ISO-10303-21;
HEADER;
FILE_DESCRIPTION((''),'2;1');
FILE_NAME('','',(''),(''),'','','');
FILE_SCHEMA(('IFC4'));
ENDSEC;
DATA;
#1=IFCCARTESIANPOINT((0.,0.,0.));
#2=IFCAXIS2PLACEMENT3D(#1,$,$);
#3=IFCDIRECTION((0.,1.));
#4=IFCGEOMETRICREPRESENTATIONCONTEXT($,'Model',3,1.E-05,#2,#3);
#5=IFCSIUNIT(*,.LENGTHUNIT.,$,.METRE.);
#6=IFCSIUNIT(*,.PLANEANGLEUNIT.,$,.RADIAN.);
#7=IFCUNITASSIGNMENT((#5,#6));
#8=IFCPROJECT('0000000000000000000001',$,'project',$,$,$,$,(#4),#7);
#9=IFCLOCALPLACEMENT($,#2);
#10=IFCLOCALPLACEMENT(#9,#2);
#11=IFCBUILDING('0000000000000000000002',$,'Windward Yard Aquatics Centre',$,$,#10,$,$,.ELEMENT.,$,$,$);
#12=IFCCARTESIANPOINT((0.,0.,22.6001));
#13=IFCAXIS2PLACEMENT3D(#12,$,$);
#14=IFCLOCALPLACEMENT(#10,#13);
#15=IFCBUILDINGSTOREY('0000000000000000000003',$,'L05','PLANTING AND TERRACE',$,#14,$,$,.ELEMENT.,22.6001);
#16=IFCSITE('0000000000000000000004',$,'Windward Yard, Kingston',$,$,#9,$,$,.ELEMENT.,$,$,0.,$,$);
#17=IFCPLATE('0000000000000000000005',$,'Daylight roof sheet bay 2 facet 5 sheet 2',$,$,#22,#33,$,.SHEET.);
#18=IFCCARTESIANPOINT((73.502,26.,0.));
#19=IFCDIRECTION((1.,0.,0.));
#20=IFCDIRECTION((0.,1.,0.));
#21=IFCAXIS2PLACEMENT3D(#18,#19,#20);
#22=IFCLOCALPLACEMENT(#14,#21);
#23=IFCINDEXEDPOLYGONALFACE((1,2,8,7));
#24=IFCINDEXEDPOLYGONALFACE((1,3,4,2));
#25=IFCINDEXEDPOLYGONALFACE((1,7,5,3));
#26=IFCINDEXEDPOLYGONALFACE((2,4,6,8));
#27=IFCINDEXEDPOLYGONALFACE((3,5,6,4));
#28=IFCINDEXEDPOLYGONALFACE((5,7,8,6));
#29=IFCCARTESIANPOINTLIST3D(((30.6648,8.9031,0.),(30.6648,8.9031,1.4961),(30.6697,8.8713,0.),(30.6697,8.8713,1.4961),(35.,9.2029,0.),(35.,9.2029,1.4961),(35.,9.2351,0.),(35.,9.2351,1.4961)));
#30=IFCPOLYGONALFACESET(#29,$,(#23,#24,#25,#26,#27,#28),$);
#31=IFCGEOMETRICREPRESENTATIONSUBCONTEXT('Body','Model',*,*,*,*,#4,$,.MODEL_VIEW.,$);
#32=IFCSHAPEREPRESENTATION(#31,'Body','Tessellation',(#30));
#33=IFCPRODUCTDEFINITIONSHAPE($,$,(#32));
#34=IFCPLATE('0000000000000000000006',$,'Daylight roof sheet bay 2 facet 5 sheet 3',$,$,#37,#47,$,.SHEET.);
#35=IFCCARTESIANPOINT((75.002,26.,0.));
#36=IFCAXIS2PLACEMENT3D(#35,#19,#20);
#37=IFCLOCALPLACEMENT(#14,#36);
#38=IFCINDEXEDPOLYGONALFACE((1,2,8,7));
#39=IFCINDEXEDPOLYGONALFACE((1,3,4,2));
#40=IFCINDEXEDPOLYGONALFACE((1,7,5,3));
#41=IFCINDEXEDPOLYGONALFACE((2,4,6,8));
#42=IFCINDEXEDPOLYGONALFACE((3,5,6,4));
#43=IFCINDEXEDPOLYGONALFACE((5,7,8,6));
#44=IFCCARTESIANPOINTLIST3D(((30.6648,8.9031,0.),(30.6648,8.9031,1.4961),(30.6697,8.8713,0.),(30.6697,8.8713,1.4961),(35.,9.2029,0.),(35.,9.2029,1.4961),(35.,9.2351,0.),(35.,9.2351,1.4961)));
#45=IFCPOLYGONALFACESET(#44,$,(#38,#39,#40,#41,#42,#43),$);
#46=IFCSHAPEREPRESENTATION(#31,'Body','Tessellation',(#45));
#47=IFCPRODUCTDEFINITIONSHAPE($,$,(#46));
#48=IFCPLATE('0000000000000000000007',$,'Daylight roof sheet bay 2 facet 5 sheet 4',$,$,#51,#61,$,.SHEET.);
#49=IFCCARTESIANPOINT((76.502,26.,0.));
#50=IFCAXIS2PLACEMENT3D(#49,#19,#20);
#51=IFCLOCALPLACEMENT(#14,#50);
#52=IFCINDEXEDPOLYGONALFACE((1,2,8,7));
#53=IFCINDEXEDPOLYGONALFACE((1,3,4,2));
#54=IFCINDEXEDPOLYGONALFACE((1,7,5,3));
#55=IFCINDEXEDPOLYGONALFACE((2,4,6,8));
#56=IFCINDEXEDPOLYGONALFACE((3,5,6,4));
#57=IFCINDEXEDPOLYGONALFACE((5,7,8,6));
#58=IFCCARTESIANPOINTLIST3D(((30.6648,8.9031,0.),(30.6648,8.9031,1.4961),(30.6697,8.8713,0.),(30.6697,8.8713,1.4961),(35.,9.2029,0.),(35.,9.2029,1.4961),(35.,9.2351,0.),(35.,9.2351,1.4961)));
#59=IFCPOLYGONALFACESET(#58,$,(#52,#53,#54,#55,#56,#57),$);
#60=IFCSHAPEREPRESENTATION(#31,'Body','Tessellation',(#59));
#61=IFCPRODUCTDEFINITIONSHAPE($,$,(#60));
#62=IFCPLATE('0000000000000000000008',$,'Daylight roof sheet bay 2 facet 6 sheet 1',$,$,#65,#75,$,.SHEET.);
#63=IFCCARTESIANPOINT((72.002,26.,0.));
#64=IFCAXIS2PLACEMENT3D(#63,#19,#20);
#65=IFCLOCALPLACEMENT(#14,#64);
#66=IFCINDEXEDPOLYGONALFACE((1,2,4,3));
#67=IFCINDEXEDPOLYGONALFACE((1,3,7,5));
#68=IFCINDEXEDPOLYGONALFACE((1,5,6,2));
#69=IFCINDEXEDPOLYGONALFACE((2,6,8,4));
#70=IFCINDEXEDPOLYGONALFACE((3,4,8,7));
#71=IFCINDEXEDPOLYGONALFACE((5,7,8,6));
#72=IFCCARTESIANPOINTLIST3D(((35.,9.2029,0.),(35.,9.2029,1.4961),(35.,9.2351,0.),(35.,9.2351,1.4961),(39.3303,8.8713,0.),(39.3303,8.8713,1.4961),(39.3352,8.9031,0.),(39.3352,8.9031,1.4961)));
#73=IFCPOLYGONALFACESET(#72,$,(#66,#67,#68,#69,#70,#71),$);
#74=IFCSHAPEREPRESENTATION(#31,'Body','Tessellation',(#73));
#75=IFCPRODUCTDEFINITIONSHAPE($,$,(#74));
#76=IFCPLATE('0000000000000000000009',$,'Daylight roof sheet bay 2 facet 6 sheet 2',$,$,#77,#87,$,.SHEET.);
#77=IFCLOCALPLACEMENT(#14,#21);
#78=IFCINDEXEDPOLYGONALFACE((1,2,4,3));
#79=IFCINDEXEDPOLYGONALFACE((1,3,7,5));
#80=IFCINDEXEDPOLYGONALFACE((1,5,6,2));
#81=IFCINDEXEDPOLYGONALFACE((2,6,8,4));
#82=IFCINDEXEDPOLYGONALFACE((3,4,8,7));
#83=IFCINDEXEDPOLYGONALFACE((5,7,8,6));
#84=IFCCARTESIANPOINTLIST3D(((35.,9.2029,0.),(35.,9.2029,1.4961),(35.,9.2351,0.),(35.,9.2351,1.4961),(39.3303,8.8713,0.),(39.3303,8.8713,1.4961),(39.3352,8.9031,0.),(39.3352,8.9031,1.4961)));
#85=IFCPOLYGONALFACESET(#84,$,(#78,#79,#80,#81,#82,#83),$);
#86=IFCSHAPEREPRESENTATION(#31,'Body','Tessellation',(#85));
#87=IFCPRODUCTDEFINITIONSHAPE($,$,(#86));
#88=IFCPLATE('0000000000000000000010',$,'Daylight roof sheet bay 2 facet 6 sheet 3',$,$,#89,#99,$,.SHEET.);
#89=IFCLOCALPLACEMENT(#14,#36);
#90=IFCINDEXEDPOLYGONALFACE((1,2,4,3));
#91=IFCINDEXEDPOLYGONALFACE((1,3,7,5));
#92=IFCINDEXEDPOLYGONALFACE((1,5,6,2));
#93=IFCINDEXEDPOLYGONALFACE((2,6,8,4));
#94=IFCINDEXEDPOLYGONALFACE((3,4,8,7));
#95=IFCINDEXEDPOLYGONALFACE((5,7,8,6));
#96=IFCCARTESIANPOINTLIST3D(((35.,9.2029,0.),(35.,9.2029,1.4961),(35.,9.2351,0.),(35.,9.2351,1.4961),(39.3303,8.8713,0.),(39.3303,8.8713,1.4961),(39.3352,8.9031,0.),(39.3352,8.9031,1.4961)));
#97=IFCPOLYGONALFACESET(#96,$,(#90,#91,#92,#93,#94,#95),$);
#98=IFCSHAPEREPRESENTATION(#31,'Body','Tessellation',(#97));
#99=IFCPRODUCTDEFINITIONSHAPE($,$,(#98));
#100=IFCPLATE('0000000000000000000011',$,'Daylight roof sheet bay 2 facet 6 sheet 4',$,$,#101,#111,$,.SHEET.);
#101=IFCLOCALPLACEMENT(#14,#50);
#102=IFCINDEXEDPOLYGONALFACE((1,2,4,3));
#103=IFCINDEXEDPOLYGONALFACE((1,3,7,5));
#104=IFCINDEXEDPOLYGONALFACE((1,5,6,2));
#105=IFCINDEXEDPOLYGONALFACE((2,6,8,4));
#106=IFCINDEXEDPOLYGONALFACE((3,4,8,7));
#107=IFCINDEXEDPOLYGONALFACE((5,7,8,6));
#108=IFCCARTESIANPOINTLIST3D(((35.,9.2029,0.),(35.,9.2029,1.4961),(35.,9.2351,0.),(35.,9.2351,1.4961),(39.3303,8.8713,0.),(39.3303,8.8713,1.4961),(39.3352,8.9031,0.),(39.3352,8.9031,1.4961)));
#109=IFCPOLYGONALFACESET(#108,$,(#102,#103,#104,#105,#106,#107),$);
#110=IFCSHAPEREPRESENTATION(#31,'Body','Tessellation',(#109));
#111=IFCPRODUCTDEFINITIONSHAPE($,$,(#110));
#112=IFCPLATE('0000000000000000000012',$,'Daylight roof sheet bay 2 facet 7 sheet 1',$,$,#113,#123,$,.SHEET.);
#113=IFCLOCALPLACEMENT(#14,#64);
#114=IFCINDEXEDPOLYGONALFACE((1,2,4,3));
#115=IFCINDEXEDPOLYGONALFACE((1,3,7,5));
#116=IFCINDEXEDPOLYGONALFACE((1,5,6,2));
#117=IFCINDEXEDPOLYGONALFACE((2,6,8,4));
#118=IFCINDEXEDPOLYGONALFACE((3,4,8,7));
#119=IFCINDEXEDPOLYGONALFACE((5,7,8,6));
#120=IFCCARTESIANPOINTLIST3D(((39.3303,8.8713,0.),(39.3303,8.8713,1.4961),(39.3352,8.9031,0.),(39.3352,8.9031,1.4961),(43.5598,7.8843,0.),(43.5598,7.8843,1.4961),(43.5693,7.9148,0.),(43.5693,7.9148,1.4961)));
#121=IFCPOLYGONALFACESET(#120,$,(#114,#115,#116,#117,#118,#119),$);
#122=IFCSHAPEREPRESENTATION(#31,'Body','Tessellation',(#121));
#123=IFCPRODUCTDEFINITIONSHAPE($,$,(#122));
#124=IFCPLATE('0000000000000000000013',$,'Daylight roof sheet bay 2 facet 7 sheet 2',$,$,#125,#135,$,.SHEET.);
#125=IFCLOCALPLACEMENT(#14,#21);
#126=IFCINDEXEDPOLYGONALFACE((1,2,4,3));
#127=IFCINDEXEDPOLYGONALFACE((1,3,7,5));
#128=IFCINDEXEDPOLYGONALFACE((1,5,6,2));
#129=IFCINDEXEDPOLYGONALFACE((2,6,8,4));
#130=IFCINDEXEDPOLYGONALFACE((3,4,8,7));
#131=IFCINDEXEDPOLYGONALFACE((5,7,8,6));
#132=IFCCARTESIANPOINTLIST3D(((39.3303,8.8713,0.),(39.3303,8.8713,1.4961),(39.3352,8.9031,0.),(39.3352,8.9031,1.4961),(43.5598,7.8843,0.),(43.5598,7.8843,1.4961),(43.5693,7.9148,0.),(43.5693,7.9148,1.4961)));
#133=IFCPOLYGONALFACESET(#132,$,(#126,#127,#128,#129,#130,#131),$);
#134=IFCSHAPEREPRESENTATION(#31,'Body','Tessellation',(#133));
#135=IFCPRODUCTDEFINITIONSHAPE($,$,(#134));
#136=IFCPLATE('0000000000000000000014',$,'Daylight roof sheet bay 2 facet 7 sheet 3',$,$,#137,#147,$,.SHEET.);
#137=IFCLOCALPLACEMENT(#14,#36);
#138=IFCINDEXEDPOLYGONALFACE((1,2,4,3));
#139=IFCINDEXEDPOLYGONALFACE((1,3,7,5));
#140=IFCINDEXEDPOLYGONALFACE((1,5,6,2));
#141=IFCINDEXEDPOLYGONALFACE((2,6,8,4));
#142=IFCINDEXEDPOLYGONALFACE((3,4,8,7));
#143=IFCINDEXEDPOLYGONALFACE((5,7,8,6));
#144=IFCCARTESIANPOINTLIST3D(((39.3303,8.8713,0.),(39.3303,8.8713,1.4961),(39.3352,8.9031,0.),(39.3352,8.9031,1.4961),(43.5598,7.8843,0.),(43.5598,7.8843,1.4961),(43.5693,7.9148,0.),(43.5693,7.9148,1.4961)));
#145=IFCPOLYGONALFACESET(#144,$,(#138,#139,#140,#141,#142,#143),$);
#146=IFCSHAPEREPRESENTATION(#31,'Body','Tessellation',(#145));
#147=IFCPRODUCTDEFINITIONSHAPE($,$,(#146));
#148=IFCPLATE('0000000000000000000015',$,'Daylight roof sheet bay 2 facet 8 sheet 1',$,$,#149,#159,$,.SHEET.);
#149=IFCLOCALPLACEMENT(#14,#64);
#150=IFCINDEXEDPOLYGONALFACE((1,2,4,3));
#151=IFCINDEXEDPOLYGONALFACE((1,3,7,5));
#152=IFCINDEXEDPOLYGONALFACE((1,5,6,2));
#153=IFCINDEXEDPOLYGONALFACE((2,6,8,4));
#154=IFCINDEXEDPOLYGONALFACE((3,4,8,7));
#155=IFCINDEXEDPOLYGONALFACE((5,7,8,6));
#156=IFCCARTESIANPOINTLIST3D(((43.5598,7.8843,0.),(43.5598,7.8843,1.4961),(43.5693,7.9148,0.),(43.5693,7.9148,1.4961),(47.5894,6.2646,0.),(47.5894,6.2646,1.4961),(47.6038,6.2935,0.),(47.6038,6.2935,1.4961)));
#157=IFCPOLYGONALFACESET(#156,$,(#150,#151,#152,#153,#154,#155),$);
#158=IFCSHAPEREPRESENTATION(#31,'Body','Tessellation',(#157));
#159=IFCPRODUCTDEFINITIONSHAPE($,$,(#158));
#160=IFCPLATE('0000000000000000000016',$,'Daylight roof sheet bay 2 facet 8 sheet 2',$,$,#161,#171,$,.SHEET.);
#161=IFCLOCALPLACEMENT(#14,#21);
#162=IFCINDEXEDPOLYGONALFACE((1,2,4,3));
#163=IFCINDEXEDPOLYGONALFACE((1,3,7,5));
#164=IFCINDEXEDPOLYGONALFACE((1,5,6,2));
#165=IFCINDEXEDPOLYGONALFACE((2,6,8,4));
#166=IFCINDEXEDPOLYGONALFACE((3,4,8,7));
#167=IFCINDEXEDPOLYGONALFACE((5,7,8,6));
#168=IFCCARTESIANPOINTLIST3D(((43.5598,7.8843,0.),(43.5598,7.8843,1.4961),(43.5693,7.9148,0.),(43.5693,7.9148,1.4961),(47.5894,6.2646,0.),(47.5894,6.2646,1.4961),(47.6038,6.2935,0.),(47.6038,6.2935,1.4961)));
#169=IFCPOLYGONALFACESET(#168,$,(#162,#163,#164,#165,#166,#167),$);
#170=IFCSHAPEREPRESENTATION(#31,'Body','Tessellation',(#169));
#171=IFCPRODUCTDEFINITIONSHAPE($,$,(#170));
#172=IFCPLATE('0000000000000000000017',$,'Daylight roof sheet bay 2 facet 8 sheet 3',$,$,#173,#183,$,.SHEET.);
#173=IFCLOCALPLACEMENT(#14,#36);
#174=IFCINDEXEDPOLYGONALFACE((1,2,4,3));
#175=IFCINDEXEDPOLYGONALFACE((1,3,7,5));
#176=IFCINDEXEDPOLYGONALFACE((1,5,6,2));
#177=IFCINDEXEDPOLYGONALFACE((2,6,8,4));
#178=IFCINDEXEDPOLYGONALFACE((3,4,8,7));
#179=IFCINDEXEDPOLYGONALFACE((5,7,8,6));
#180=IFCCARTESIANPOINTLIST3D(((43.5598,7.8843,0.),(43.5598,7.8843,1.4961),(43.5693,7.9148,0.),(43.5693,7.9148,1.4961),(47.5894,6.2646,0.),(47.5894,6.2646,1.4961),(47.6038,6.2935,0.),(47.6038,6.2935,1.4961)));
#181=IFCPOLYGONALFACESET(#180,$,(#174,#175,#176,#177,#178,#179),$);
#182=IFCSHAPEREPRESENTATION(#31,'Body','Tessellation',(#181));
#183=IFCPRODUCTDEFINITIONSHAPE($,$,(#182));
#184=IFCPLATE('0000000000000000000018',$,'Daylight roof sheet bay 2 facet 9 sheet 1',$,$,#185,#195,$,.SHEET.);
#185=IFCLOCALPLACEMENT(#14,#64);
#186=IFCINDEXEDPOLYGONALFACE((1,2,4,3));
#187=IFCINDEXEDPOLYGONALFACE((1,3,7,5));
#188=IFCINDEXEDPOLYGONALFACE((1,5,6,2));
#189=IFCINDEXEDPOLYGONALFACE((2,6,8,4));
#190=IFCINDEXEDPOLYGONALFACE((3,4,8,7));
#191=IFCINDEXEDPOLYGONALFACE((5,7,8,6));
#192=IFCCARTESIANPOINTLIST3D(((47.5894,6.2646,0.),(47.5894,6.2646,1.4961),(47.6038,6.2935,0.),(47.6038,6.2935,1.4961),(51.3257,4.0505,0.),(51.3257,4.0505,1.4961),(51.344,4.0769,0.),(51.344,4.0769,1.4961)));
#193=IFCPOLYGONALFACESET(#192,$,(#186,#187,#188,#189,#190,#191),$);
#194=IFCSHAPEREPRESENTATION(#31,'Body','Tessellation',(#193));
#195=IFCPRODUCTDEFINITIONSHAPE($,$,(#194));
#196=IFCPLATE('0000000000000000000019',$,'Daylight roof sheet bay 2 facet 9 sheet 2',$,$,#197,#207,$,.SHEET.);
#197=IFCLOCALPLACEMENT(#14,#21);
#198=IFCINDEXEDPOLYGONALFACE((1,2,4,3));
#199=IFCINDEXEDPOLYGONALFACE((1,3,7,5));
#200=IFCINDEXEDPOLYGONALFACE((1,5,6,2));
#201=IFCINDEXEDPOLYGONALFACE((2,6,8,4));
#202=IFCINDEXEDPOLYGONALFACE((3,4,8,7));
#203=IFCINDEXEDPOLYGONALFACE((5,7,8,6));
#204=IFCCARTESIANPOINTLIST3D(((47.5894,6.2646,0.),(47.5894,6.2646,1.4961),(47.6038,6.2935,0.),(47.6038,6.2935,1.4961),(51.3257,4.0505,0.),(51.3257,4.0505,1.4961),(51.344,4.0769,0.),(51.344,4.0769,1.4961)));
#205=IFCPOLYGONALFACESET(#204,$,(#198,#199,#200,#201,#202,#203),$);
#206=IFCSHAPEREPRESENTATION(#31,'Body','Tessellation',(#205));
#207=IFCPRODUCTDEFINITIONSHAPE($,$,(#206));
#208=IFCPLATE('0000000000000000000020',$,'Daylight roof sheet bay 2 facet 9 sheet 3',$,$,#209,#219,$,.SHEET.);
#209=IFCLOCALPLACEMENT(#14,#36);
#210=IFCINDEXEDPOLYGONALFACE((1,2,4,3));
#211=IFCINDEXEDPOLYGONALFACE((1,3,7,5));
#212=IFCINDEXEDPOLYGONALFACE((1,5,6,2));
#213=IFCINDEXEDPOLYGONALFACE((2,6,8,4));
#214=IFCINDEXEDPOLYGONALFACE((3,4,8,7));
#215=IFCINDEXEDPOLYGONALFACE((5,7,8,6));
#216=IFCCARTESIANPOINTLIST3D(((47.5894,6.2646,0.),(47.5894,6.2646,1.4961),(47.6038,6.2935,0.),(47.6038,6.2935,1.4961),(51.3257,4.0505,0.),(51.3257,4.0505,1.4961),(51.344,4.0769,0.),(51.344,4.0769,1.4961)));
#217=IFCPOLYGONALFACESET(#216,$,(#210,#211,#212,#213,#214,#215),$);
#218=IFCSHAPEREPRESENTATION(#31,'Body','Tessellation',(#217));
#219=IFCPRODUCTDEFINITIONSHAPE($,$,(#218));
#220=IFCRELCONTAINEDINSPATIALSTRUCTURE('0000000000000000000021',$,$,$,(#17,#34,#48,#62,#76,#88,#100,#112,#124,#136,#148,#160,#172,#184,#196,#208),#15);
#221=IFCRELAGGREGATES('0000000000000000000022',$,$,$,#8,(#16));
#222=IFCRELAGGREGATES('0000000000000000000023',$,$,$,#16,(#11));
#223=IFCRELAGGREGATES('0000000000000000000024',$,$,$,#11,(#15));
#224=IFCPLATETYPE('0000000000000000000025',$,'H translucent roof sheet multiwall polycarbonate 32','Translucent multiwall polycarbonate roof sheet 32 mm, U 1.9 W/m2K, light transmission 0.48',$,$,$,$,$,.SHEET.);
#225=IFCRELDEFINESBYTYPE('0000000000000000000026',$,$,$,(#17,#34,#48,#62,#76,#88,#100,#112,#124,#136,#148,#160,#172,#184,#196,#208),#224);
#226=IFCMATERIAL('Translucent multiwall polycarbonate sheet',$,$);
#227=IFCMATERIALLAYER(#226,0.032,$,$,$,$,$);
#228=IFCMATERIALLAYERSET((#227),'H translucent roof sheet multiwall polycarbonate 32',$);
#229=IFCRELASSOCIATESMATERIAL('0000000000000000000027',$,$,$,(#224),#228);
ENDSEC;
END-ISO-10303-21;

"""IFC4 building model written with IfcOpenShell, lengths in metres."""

from ifc_helpers import new_model, si_unit, direction, frame, origin, place, context, subcontext, project, spatial, polyline, outline, extrude, material, layer, layer_set, type_object, element, save


model = new_model("IFC4")

# Units and contexts
model_context = context("Model", 3, precision=1e-05, world=origin(), true_north=direction((0.0, 1.0)))
body_context = subcontext(model_context, "Body", "Model", "MODEL_VIEW")
ifc_project = project(units=[si_unit("LENGTHUNIT", "METRE"), si_unit("PLANEANGLEUNIT", "RADIAN")], contexts=[model_context])

# Site, building, storey
site_placement = place(None, origin())
site = spatial("IfcSite", under=ifc_project, at=site_placement, Name="Windward Yard, Kingston", CompositionType="ELEMENT", RefElevation=0.0)
building_placement = place(site_placement, origin())
building = spatial("IfcBuilding", under=site, at=building_placement, Name="Windward Yard Aquatics Centre", CompositionType="ELEMENT")
storey_placement = place(building_placement, frame((0.0, 0.0, 22.6001)))
storey = spatial("IfcBuildingStorey", under=building, at=storey_placement, Name="L05", Description="PLANTING AND TERRACE", CompositionType="ELEMENT", Elevation=22.6001)

# Plates
ifc_material_1 = material(Name="Translucent multiwall polycarbonate sheet")
ifc_layer_1 = layer(ifc_material_1, 0.032)
ifc_layer_set_1 = layer_set([ifc_layer_1], Name="H translucent roof sheet multiwall polycarbonate 32")
plate_type = type_object("IfcPlateType", Name="H translucent roof sheet multiwall polycarbonate 32", Description="Translucent multiwall polycarbonate roof sheet 32 mm, U 1.9 W/m2K, light transmission 0.48", PredefinedType="SHEET", material=ifc_layer_set_1)
for number, where, z_axis, x_axis, name in (
    (1, (73.502, 26.0, 0.0), (1.0, 0.0, 0.0), (0.0, 1.0, 0.0), "Daylight roof sheet bay 2 facet 5 sheet 2"),
    (2, (75.002, 26.0, 0.0), (1.0, 0.0, 0.0), (0.0, 1.0, 0.0), "Daylight roof sheet bay 2 facet 5 sheet 3"),
    (3, (76.502, 26.0, 0.0), (1.0, 0.0, 0.0), (0.0, 1.0, 0.0), "Daylight roof sheet bay 2 facet 5 sheet 4"),
):
    element("IfcPlate", number, at=place(storey_placement, frame(where, z_axis=z_axis, x_axis=x_axis)), inside=storey, type_object=plate_type, Name=name, PredefinedType="SHEET", context=body_context, shape_type="SweptSolid", body=[
        extrude(outline(polyline([(30.6697, 8.8713), (35.0, 9.2029), (35.0, 9.2351), (30.6648, 8.9031), (30.6697, 8.8713)])), origin(), (0.0, 0.0, 1.0), 1.4961),
    ])
for number, where, z_axis, x_axis, name in (
    (4, (72.002, 26.0, 0.0), (1.0, 0.0, 0.0), (0.0, 1.0, 0.0), "Daylight roof sheet bay 2 facet 6 sheet 1"),
    (5, (73.502, 26.0, 0.0), (1.0, 0.0, 0.0), (0.0, 1.0, 0.0), "Daylight roof sheet bay 2 facet 6 sheet 2"),
    (6, (75.002, 26.0, 0.0), (1.0, 0.0, 0.0), (0.0, 1.0, 0.0), "Daylight roof sheet bay 2 facet 6 sheet 3"),
    (7, (76.502, 26.0, 0.0), (1.0, 0.0, 0.0), (0.0, 1.0, 0.0), "Daylight roof sheet bay 2 facet 6 sheet 4"),
):
    element("IfcPlate", number, at=place(storey_placement, frame(where, z_axis=z_axis, x_axis=x_axis)), inside=storey, type_object=plate_type, Name=name, PredefinedType="SHEET", context=body_context, shape_type="SweptSolid", body=[
        extrude(outline(polyline([(35.0, 9.2029), (39.3303, 8.8713), (39.3352, 8.9031), (35.0, 9.2351), (35.0, 9.2029)])), origin(), (0.0, 0.0, 1.0), 1.4961),
    ])
for number, where, z_axis, x_axis, name in (
    (8, (72.002, 26.0, 0.0), (1.0, 0.0, 0.0), (0.0, 1.0, 0.0), "Daylight roof sheet bay 2 facet 7 sheet 1"),
    (9, (73.502, 26.0, 0.0), (1.0, 0.0, 0.0), (0.0, 1.0, 0.0), "Daylight roof sheet bay 2 facet 7 sheet 2"),
    (10, (75.002, 26.0, 0.0), (1.0, 0.0, 0.0), (0.0, 1.0, 0.0), "Daylight roof sheet bay 2 facet 7 sheet 3"),
):
    element("IfcPlate", number, at=place(storey_placement, frame(where, z_axis=z_axis, x_axis=x_axis)), inside=storey, type_object=plate_type, Name=name, PredefinedType="SHEET", context=body_context, shape_type="SweptSolid", body=[
        extrude(outline(polyline([(39.3303, 8.8713), (43.5598, 7.8843), (43.5693, 7.9148), (39.3352, 8.9031), (39.3303, 8.8713)])), origin(), (0.0, 0.0, 1.0), 1.4961),
    ])
for number, where, z_axis, x_axis, name in (
    (11, (72.002, 26.0, 0.0), (1.0, 0.0, 0.0), (0.0, 1.0, 0.0), "Daylight roof sheet bay 2 facet 8 sheet 1"),
    (12, (73.502, 26.0, 0.0), (1.0, 0.0, 0.0), (0.0, 1.0, 0.0), "Daylight roof sheet bay 2 facet 8 sheet 2"),
    (13, (75.002, 26.0, 0.0), (1.0, 0.0, 0.0), (0.0, 1.0, 0.0), "Daylight roof sheet bay 2 facet 8 sheet 3"),
):
    element("IfcPlate", number, at=place(storey_placement, frame(where, z_axis=z_axis, x_axis=x_axis)), inside=storey, type_object=plate_type, Name=name, PredefinedType="SHEET", context=body_context, shape_type="SweptSolid", body=[
        extrude(outline(polyline([(43.5598, 7.8843), (47.5894, 6.2646), (47.6038, 6.2935), (43.5693, 7.9148), (43.5598, 7.8843)])), origin(), (0.0, 0.0, 1.0), 1.4961),
    ])
for number, where, z_axis, x_axis, name in (
    (14, (72.002, 26.0, 0.0), (1.0, 0.0, 0.0), (0.0, 1.0, 0.0), "Daylight roof sheet bay 2 facet 9 sheet 1"),
    (15, (73.502, 26.0, 0.0), (1.0, 0.0, 0.0), (0.0, 1.0, 0.0), "Daylight roof sheet bay 2 facet 9 sheet 2"),
    (16, (75.002, 26.0, 0.0), (1.0, 0.0, 0.0), (0.0, 1.0, 0.0), "Daylight roof sheet bay 2 facet 9 sheet 3"),
):
    element("IfcPlate", number, at=place(storey_placement, frame(where, z_axis=z_axis, x_axis=x_axis)), inside=storey, type_object=plate_type, Name=name, PredefinedType="SHEET", context=body_context, shape_type="SweptSolid", body=[
        extrude(outline(polyline([(47.5894, 6.2646), (51.3257, 4.0505), (51.344, 4.0769), (47.6038, 6.2935), (47.5894, 6.2646)])), origin(), (0.0, 0.0, 1.0), 1.4961),
    ])

save(model, "model.ifc")
